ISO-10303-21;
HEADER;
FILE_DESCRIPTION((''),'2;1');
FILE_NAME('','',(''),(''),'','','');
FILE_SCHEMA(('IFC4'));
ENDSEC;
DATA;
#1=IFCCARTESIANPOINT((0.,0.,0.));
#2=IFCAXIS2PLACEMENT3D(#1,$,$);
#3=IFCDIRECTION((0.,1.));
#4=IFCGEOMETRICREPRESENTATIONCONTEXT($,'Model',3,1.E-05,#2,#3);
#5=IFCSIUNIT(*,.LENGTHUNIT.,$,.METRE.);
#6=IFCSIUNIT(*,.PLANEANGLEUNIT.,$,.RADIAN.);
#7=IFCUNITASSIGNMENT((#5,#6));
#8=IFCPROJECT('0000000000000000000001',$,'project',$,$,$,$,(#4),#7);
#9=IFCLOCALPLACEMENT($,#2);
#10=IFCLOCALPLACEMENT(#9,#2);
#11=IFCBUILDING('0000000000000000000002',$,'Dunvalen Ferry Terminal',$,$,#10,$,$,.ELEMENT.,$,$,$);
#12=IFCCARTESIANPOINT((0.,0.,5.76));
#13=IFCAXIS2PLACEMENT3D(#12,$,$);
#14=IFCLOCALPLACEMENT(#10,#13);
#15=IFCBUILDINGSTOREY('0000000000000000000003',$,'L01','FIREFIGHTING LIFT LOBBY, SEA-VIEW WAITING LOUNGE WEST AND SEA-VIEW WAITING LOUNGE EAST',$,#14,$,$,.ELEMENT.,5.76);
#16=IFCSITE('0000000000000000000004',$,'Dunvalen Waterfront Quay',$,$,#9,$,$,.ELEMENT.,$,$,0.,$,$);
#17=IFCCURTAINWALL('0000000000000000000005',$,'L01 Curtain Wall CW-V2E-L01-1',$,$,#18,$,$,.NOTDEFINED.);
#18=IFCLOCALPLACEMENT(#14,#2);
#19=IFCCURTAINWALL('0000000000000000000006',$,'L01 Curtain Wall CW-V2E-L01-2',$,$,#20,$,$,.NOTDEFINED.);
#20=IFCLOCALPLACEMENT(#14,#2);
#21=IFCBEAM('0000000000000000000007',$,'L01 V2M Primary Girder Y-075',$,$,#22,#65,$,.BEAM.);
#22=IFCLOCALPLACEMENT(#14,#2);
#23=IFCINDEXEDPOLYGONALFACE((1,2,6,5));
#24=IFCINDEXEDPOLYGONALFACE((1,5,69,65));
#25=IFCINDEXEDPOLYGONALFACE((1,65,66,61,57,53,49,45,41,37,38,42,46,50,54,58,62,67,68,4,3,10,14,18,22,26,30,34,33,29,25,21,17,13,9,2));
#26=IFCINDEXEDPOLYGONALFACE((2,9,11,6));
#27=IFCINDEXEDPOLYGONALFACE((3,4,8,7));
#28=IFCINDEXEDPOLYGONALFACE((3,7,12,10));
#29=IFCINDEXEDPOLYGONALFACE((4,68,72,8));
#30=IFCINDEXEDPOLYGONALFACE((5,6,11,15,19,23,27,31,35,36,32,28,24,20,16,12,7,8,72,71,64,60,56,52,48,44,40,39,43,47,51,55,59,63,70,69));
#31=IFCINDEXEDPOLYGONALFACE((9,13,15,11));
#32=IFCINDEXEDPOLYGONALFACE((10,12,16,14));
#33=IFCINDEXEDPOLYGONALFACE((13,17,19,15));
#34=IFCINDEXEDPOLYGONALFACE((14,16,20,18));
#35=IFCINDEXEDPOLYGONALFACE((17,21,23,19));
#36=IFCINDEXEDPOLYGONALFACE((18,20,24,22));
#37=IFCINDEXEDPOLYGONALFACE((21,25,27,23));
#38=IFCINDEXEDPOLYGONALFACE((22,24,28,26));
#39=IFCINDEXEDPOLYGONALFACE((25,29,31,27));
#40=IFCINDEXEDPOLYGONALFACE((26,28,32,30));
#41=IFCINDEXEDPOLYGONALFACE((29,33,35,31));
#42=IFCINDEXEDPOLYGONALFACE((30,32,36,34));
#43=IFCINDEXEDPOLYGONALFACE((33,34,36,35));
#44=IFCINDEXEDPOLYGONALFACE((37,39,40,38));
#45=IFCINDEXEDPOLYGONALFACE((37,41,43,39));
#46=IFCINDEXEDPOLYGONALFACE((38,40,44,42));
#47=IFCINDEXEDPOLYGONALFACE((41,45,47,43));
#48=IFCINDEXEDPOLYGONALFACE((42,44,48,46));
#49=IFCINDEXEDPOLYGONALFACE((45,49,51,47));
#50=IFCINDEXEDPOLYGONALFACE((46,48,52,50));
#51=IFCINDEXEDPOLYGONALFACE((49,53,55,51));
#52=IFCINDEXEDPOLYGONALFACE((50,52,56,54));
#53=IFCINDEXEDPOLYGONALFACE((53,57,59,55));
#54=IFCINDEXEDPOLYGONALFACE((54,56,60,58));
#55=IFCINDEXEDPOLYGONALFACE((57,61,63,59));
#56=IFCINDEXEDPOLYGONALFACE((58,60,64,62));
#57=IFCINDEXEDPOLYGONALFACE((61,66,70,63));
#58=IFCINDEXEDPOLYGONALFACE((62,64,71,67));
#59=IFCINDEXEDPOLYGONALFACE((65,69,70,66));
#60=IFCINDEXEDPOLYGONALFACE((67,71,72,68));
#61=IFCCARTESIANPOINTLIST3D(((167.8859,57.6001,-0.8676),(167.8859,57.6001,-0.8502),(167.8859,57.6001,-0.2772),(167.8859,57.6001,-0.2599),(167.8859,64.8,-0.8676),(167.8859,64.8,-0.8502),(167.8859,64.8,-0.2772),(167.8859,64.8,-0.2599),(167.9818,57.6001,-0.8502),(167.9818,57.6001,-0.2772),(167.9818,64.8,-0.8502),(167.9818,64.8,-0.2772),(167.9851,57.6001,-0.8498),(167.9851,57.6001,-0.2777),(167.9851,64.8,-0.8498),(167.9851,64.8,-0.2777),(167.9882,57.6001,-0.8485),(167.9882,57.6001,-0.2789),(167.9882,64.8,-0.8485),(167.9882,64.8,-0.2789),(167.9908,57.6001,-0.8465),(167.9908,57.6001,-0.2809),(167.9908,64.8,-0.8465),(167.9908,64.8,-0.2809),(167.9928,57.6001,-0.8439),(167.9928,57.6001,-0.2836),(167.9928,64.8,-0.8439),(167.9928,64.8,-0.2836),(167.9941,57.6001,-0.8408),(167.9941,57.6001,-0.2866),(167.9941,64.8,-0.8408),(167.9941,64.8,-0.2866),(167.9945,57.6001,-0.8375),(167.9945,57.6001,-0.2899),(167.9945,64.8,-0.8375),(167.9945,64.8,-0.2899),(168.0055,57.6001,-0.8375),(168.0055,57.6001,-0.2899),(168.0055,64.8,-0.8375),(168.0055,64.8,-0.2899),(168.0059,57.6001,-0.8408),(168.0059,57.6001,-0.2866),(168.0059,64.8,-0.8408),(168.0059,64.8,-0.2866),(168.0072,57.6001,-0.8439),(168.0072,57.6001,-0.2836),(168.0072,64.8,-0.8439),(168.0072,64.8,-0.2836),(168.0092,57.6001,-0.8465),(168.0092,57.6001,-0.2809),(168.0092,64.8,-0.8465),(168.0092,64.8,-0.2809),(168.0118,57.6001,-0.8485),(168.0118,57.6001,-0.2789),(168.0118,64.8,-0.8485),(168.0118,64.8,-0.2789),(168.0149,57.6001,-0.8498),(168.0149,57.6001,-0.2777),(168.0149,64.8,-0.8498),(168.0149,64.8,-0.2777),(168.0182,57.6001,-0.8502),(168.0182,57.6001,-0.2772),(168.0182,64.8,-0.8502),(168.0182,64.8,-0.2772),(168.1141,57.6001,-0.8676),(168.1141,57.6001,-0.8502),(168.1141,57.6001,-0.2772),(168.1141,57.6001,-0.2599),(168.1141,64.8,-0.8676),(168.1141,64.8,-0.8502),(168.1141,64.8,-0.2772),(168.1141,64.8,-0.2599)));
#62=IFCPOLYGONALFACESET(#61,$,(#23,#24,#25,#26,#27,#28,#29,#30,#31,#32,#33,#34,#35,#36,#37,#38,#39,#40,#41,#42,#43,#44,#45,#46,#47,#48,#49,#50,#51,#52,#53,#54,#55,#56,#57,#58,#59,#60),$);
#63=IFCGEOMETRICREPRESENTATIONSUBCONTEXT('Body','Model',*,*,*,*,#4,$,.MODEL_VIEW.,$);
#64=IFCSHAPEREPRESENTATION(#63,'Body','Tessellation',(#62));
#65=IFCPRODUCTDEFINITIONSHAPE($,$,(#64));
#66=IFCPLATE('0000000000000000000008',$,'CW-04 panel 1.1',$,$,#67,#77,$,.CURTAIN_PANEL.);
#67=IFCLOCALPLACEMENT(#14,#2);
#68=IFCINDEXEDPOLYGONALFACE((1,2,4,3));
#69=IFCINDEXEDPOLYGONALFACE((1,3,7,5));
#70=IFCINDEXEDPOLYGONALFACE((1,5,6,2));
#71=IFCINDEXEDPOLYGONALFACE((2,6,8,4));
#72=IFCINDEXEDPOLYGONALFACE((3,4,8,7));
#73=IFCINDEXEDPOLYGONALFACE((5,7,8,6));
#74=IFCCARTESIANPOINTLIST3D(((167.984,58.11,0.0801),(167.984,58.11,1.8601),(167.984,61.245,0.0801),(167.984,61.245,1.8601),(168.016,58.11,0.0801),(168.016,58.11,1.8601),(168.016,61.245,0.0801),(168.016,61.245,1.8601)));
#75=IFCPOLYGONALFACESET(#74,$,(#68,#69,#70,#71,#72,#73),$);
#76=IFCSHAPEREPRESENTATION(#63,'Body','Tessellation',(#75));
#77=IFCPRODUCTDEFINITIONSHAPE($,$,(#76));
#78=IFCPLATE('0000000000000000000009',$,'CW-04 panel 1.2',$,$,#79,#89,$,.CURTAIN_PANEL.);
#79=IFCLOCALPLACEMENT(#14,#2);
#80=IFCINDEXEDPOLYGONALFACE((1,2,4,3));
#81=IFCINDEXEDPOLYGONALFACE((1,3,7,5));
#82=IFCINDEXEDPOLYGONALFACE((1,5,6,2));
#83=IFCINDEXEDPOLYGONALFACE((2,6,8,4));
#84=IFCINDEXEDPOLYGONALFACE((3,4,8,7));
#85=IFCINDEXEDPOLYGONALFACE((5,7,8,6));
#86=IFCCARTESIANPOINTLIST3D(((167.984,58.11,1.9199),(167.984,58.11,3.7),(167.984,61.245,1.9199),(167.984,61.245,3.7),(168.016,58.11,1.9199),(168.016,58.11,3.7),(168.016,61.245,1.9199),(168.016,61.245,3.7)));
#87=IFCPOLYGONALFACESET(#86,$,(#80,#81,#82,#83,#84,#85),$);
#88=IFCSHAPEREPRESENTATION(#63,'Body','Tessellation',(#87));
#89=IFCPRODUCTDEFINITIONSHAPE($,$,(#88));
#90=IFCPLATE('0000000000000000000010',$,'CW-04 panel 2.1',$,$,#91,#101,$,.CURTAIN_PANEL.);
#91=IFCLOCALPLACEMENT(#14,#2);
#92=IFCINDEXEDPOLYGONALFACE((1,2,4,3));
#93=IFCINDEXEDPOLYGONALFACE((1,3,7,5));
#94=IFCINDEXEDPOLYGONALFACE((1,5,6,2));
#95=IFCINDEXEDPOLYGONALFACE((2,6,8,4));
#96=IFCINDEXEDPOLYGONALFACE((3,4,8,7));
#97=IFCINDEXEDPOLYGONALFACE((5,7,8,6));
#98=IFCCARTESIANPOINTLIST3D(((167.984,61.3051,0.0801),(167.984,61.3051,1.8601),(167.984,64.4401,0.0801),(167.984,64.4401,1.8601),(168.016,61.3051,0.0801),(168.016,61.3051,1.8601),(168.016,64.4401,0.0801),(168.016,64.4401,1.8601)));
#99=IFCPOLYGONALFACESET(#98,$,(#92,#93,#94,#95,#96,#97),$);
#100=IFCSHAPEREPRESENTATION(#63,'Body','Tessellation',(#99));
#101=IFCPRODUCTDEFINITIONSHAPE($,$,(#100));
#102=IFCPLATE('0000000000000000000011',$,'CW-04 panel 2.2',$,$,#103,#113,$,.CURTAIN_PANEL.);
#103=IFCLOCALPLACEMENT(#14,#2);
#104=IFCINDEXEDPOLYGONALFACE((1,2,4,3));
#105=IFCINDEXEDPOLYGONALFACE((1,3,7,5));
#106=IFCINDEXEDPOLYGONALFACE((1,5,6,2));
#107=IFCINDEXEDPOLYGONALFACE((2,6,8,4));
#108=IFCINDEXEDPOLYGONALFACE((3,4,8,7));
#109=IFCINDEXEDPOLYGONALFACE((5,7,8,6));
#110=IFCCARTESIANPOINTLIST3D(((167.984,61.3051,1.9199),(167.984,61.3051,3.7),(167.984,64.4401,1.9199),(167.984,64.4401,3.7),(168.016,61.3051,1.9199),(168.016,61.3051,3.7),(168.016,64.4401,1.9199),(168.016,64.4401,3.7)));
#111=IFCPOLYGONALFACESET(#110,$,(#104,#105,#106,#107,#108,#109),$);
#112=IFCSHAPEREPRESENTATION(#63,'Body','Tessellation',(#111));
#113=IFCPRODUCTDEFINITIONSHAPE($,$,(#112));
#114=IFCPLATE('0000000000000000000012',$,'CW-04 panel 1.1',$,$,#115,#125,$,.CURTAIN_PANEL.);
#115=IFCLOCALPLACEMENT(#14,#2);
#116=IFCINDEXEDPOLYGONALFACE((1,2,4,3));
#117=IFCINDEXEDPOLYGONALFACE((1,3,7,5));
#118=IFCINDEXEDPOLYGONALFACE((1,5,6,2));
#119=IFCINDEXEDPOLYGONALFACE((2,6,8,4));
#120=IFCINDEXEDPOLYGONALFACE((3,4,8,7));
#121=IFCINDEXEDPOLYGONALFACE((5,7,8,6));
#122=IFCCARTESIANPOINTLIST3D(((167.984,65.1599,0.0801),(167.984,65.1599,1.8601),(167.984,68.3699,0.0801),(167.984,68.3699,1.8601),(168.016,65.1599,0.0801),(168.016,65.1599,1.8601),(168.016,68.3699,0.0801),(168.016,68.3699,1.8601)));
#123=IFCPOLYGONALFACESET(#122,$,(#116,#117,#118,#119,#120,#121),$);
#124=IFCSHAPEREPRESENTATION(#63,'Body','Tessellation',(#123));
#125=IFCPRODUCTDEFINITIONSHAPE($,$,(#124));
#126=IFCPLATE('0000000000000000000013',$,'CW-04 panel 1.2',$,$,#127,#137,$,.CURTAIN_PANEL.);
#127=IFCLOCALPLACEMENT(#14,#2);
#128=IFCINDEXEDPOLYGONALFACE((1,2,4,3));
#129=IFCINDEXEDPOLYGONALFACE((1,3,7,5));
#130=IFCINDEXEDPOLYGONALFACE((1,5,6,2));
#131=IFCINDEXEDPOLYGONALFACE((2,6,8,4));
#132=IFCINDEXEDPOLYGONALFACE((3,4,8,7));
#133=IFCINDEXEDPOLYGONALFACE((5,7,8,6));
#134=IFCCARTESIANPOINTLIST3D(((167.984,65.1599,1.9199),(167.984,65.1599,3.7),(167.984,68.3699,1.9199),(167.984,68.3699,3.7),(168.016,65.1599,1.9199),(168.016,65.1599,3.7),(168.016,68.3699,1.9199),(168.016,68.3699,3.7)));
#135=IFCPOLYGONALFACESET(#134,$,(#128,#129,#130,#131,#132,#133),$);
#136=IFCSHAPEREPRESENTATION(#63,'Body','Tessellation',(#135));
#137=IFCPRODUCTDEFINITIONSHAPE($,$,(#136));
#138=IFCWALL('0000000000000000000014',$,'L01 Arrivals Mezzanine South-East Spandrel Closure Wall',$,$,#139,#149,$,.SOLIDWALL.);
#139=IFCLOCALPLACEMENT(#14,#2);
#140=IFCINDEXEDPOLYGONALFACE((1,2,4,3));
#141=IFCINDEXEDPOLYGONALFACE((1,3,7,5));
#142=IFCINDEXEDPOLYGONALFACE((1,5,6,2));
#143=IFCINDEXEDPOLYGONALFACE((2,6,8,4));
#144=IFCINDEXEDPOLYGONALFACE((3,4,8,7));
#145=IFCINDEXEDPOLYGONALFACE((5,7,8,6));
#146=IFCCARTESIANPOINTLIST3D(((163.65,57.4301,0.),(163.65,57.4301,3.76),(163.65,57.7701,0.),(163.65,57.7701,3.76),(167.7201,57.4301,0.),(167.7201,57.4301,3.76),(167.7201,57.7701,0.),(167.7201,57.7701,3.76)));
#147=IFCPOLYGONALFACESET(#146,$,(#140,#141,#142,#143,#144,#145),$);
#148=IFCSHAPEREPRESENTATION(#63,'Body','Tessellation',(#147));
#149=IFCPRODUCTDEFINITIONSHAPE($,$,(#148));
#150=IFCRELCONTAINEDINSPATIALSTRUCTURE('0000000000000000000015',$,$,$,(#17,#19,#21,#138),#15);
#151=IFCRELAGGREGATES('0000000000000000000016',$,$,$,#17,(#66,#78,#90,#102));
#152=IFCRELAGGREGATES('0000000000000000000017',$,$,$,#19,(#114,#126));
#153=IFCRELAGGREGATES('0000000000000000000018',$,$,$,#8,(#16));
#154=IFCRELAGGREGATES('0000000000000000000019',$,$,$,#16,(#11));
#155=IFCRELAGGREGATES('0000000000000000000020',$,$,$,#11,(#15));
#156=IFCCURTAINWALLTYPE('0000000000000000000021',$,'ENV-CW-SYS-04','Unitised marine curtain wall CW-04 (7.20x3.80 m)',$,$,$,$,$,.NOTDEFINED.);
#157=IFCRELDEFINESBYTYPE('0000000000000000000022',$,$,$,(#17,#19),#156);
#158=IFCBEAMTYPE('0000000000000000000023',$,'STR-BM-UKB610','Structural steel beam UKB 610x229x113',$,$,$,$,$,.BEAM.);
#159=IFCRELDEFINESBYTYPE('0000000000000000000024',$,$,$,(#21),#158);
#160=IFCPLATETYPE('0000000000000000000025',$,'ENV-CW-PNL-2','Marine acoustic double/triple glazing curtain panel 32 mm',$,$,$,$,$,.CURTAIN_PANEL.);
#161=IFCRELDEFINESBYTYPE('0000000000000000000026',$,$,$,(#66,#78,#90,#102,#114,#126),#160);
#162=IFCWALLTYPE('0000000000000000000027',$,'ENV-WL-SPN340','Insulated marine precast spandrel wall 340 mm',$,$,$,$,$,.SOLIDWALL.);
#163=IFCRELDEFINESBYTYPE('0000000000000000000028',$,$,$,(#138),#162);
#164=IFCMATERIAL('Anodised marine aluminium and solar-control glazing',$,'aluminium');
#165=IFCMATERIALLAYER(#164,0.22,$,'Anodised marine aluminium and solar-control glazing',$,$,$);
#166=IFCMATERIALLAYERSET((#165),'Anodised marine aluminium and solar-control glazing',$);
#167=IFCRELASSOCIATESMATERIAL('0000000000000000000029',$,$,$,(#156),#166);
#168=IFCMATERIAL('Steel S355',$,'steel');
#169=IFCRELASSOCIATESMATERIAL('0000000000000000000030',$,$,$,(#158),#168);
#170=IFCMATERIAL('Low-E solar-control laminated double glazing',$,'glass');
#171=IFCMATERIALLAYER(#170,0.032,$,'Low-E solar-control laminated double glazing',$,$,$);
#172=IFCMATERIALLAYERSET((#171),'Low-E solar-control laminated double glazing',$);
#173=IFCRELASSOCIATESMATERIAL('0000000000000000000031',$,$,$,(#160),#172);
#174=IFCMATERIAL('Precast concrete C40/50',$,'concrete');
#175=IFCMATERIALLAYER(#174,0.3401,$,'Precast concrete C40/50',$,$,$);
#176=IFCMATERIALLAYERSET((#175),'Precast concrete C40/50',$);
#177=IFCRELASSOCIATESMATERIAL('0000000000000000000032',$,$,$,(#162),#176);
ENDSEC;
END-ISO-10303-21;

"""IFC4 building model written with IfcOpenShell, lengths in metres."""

from ifc_helpers import new_model, si_unit, direction, frame, frame_2d, origin, origin_2d, place, context, subcontext, project, spatial, rectangle, i_section, extrude, material, layer, layer_set, material_profile, profile_set, type_object, element, aggregate, save


model = new_model("IFC4")

# Units and contexts
model_context = context("Model", 3, precision=1e-05, world=origin(), true_north=direction((0.0, 1.0)))
body_context = subcontext(model_context, "Body", "Model", "MODEL_VIEW")
ifc_project = project(units=[si_unit("LENGTHUNIT", "METRE"), si_unit("PLANEANGLEUNIT", "RADIAN")], contexts=[model_context])

# Site, building, storey
site_placement = place(None, origin())
site = spatial("IfcSite", under=ifc_project, at=site_placement, Name="Dunvalen Waterfront Quay", CompositionType="ELEMENT", RefElevation=0.0)
building_placement = place(site_placement, origin())
building = spatial("IfcBuilding", under=site, at=building_placement, Name="Dunvalen Ferry Terminal", CompositionType="ELEMENT")
storey_placement = place(building_placement, frame((0.0, 0.0, 5.76)))
storey = spatial("IfcBuildingStorey", under=building, at=storey_placement, Name="L01", Description="FIREFIGHTING LIFT LOBBY, SEA-VIEW WAITING LOUNGE WEST AND SEA-VIEW WAITING LOUNGE EAST", CompositionType="ELEMENT", Elevation=5.76)

# Curtain wall
ifc_material_1 = material(Name="Anodised marine aluminium and solar-control glazing", Category="aluminium")
ifc_layer_1 = layer(ifc_material_1, 0.22, Name="Anodised marine aluminium and solar-control glazing")
ifc_layer_set_1 = layer_set([ifc_layer_1], Name="Anodised marine aluminium and solar-control glazing")
curtain_wall_type = type_object("IfcCurtainWallType", Name="ENV-CW-SYS-04", Description="Unitised marine curtain wall CW-04 (7.20x3.80 m)", PredefinedType="NOTDEFINED", material=ifc_layer_set_1)
curtain_wall_1_placement = place(storey_placement, origin())
curtain_wall_1 = element("IfcCurtainWall", 1, at=curtain_wall_1_placement, inside=storey, type_object=curtain_wall_type, Name="L01 Curtain Wall CW-V2E-L01-1", PredefinedType="NOTDEFINED")

# Curtain wall
curtain_wall_2_placement = place(storey_placement, origin())
curtain_wall_2 = element("IfcCurtainWall", 2, at=curtain_wall_2_placement, inside=storey, type_object=curtain_wall_type, Name="L01 Curtain Wall CW-V2E-L01-2", PredefinedType="NOTDEFINED")

# Beam
ifc_material_2 = material(Name="Steel S355", Category="steel")
ifc_material_profile_1 = material_profile(ifc_material_2, i_section(OverallWidth=0.2283, OverallDepth=0.6077, WebThickness=0.011, FlangeThickness=0.0173, FilletRadius=0.0127, at=origin_2d()), Name="Steel S355")
ifc_profile_set_1 = profile_set([ifc_material_profile_1], Name="Steel S355")
beam_type_1 = type_object("IfcBeamType", Name="STR-BM-UKB610", Description="Structural steel beam UKB 610x229x113", PredefinedType="BEAM", material=ifc_profile_set_1)
beam_1_placement = place(storey_placement, frame((168.0, 57.6001, -0.5637), z_axis=(0.0, 1.0, 0.0), x_axis=(-1.0, 0.0, 0.0)))
element("IfcBeam", 3, at=beam_1_placement, inside=storey, type_object=beam_type_1, Name="L01 V2M Primary Girder Y-075", PredefinedType="BEAM", context=body_context, shape_type="SweptSolid", body=[
    extrude(i_section(OverallWidth=0.2283, OverallDepth=0.6077, WebThickness=0.011, FlangeThickness=0.0173, FilletRadius=0.0127, at=origin_2d()), origin(), (0.0, 0.0, 1.0), 7.2),
])

# Plates
ifc_material_3 = material(Name="Low-E solar-control laminated double glazing", Category="glass")
ifc_layer_2 = layer(ifc_material_3, 0.032, Name="Low-E solar-control laminated double glazing")
ifc_layer_set_2 = layer_set([ifc_layer_2], Name="Low-E solar-control laminated double glazing")
plate_type = type_object("IfcPlateType", Name="ENV-CW-PNL-2", Description="Marine acoustic double/triple glazing curtain panel 32 mm", PredefinedType="CURTAIN_PANEL", material=ifc_layer_set_2)
plate_1_placement = place(storey_placement, frame((168.0, 59.6775, 0.0801), z_axis=(0.0, 0.0, 1.0), x_axis=(0.0, 1.0, 0.0)))
plate_1 = element("IfcPlate", 4, at=plate_1_placement, type_object=plate_type, Name="CW-04 panel 1.1", PredefinedType="CURTAIN_PANEL", context=body_context, shape_type="SweptSolid", body=[
    extrude(rectangle(XDim=3.135, YDim=0.032, at=origin_2d()), origin(), (0.0, 0.0, 1.0), 1.78),
])
plate_2_placement = place(storey_placement, frame((168.0, 59.6775, 1.9199), z_axis=(0.0, 0.0, 1.0), x_axis=(0.0, 1.0, 0.0)))
plate_2 = element("IfcPlate", 5, at=plate_2_placement, type_object=plate_type, Name="CW-04 panel 1.2", PredefinedType="CURTAIN_PANEL", context=body_context, shape_type="SweptSolid", body=[
    extrude(rectangle(XDim=3.135, YDim=0.032, at=origin_2d()), origin(), (0.0, 0.0, 1.0), 1.78),
])
plate_3_placement = place(storey_placement, frame((168.0, 62.8726, 0.0801), z_axis=(0.0, 0.0, 1.0), x_axis=(0.0, 1.0, 0.0)))
plate_3 = element("IfcPlate", 6, at=plate_3_placement, type_object=plate_type, Name="CW-04 panel 2.1", PredefinedType="CURTAIN_PANEL", context=body_context, shape_type="SweptSolid", body=[
    extrude(rectangle(XDim=3.135, YDim=0.032, at=origin_2d()), origin(), (0.0, 0.0, 1.0), 1.78),
])
plate_4_placement = place(storey_placement, frame((168.0, 62.8726, 1.9199), z_axis=(0.0, 0.0, 1.0), x_axis=(0.0, 1.0, 0.0)))
plate_4 = element("IfcPlate", 7, at=plate_4_placement, type_object=plate_type, Name="CW-04 panel 2.2", PredefinedType="CURTAIN_PANEL", context=body_context, shape_type="SweptSolid", body=[
    extrude(rectangle(XDim=3.135, YDim=0.032, at=origin_2d()), origin(), (0.0, 0.0, 1.0), 1.78),
])
aggregate(curtain_wall_1, [plate_1, plate_2, plate_3, plate_4])
plate_5_placement = place(storey_placement, frame((168.0, 66.7649, 0.0801), z_axis=(0.0, 0.0, 1.0), x_axis=(0.0, 1.0, 0.0)))
plate_5 = element("IfcPlate", 8, at=plate_5_placement, type_object=plate_type, Name="CW-04 panel 1.1", PredefinedType="CURTAIN_PANEL", context=body_context, shape_type="SweptSolid", body=[
    extrude(rectangle(XDim=3.21, YDim=0.032, at=origin_2d()), origin(), (0.0, 0.0, 1.0), 1.78),
])
plate_6_placement = place(storey_placement, frame((168.0, 66.7649, 1.9199), z_axis=(0.0, 0.0, 1.0), x_axis=(0.0, 1.0, 0.0)))
plate_6 = element("IfcPlate", 9, at=plate_6_placement, type_object=plate_type, Name="CW-04 panel 1.2", PredefinedType="CURTAIN_PANEL", context=body_context, shape_type="SweptSolid", body=[
    extrude(rectangle(XDim=3.21, YDim=0.032, at=origin_2d()), origin(), (0.0, 0.0, 1.0), 1.78),
])
aggregate(curtain_wall_2, [plate_5, plate_6])

# Wall
ifc_material_4 = material(Name="Precast concrete C40/50", Category="concrete")
ifc_layer_3 = layer(ifc_material_4, 0.3401, Name="Precast concrete C40/50")
ifc_layer_set_3 = layer_set([ifc_layer_3], Name="Precast concrete C40/50")
wall_type = type_object("IfcWallType", Name="ENV-WL-SPN340", Description="Insulated marine precast spandrel wall 340 mm", PredefinedType="SOLIDWALL", material=ifc_layer_set_3)
wall_placement = place(storey_placement, frame((163.6499, 57.6001, 0.0), z_axis=(0.0, 0.0, 1.0), x_axis=(1.0, 0.0, 0.0)))
element("IfcWall", 10, at=wall_placement, inside=storey, type_object=wall_type, Name="L01 Arrivals Mezzanine South-East Spandrel Closure Wall", PredefinedType="SOLIDWALL", context=body_context, shape_type="SweptSolid", body=[
    extrude(rectangle(XDim=4.0701, YDim=0.3401, at=frame_2d((2.0352, 0.0))), origin(), (0.0, 0.0, 1.0), 3.76),
])

save(model, "model.ifc")
